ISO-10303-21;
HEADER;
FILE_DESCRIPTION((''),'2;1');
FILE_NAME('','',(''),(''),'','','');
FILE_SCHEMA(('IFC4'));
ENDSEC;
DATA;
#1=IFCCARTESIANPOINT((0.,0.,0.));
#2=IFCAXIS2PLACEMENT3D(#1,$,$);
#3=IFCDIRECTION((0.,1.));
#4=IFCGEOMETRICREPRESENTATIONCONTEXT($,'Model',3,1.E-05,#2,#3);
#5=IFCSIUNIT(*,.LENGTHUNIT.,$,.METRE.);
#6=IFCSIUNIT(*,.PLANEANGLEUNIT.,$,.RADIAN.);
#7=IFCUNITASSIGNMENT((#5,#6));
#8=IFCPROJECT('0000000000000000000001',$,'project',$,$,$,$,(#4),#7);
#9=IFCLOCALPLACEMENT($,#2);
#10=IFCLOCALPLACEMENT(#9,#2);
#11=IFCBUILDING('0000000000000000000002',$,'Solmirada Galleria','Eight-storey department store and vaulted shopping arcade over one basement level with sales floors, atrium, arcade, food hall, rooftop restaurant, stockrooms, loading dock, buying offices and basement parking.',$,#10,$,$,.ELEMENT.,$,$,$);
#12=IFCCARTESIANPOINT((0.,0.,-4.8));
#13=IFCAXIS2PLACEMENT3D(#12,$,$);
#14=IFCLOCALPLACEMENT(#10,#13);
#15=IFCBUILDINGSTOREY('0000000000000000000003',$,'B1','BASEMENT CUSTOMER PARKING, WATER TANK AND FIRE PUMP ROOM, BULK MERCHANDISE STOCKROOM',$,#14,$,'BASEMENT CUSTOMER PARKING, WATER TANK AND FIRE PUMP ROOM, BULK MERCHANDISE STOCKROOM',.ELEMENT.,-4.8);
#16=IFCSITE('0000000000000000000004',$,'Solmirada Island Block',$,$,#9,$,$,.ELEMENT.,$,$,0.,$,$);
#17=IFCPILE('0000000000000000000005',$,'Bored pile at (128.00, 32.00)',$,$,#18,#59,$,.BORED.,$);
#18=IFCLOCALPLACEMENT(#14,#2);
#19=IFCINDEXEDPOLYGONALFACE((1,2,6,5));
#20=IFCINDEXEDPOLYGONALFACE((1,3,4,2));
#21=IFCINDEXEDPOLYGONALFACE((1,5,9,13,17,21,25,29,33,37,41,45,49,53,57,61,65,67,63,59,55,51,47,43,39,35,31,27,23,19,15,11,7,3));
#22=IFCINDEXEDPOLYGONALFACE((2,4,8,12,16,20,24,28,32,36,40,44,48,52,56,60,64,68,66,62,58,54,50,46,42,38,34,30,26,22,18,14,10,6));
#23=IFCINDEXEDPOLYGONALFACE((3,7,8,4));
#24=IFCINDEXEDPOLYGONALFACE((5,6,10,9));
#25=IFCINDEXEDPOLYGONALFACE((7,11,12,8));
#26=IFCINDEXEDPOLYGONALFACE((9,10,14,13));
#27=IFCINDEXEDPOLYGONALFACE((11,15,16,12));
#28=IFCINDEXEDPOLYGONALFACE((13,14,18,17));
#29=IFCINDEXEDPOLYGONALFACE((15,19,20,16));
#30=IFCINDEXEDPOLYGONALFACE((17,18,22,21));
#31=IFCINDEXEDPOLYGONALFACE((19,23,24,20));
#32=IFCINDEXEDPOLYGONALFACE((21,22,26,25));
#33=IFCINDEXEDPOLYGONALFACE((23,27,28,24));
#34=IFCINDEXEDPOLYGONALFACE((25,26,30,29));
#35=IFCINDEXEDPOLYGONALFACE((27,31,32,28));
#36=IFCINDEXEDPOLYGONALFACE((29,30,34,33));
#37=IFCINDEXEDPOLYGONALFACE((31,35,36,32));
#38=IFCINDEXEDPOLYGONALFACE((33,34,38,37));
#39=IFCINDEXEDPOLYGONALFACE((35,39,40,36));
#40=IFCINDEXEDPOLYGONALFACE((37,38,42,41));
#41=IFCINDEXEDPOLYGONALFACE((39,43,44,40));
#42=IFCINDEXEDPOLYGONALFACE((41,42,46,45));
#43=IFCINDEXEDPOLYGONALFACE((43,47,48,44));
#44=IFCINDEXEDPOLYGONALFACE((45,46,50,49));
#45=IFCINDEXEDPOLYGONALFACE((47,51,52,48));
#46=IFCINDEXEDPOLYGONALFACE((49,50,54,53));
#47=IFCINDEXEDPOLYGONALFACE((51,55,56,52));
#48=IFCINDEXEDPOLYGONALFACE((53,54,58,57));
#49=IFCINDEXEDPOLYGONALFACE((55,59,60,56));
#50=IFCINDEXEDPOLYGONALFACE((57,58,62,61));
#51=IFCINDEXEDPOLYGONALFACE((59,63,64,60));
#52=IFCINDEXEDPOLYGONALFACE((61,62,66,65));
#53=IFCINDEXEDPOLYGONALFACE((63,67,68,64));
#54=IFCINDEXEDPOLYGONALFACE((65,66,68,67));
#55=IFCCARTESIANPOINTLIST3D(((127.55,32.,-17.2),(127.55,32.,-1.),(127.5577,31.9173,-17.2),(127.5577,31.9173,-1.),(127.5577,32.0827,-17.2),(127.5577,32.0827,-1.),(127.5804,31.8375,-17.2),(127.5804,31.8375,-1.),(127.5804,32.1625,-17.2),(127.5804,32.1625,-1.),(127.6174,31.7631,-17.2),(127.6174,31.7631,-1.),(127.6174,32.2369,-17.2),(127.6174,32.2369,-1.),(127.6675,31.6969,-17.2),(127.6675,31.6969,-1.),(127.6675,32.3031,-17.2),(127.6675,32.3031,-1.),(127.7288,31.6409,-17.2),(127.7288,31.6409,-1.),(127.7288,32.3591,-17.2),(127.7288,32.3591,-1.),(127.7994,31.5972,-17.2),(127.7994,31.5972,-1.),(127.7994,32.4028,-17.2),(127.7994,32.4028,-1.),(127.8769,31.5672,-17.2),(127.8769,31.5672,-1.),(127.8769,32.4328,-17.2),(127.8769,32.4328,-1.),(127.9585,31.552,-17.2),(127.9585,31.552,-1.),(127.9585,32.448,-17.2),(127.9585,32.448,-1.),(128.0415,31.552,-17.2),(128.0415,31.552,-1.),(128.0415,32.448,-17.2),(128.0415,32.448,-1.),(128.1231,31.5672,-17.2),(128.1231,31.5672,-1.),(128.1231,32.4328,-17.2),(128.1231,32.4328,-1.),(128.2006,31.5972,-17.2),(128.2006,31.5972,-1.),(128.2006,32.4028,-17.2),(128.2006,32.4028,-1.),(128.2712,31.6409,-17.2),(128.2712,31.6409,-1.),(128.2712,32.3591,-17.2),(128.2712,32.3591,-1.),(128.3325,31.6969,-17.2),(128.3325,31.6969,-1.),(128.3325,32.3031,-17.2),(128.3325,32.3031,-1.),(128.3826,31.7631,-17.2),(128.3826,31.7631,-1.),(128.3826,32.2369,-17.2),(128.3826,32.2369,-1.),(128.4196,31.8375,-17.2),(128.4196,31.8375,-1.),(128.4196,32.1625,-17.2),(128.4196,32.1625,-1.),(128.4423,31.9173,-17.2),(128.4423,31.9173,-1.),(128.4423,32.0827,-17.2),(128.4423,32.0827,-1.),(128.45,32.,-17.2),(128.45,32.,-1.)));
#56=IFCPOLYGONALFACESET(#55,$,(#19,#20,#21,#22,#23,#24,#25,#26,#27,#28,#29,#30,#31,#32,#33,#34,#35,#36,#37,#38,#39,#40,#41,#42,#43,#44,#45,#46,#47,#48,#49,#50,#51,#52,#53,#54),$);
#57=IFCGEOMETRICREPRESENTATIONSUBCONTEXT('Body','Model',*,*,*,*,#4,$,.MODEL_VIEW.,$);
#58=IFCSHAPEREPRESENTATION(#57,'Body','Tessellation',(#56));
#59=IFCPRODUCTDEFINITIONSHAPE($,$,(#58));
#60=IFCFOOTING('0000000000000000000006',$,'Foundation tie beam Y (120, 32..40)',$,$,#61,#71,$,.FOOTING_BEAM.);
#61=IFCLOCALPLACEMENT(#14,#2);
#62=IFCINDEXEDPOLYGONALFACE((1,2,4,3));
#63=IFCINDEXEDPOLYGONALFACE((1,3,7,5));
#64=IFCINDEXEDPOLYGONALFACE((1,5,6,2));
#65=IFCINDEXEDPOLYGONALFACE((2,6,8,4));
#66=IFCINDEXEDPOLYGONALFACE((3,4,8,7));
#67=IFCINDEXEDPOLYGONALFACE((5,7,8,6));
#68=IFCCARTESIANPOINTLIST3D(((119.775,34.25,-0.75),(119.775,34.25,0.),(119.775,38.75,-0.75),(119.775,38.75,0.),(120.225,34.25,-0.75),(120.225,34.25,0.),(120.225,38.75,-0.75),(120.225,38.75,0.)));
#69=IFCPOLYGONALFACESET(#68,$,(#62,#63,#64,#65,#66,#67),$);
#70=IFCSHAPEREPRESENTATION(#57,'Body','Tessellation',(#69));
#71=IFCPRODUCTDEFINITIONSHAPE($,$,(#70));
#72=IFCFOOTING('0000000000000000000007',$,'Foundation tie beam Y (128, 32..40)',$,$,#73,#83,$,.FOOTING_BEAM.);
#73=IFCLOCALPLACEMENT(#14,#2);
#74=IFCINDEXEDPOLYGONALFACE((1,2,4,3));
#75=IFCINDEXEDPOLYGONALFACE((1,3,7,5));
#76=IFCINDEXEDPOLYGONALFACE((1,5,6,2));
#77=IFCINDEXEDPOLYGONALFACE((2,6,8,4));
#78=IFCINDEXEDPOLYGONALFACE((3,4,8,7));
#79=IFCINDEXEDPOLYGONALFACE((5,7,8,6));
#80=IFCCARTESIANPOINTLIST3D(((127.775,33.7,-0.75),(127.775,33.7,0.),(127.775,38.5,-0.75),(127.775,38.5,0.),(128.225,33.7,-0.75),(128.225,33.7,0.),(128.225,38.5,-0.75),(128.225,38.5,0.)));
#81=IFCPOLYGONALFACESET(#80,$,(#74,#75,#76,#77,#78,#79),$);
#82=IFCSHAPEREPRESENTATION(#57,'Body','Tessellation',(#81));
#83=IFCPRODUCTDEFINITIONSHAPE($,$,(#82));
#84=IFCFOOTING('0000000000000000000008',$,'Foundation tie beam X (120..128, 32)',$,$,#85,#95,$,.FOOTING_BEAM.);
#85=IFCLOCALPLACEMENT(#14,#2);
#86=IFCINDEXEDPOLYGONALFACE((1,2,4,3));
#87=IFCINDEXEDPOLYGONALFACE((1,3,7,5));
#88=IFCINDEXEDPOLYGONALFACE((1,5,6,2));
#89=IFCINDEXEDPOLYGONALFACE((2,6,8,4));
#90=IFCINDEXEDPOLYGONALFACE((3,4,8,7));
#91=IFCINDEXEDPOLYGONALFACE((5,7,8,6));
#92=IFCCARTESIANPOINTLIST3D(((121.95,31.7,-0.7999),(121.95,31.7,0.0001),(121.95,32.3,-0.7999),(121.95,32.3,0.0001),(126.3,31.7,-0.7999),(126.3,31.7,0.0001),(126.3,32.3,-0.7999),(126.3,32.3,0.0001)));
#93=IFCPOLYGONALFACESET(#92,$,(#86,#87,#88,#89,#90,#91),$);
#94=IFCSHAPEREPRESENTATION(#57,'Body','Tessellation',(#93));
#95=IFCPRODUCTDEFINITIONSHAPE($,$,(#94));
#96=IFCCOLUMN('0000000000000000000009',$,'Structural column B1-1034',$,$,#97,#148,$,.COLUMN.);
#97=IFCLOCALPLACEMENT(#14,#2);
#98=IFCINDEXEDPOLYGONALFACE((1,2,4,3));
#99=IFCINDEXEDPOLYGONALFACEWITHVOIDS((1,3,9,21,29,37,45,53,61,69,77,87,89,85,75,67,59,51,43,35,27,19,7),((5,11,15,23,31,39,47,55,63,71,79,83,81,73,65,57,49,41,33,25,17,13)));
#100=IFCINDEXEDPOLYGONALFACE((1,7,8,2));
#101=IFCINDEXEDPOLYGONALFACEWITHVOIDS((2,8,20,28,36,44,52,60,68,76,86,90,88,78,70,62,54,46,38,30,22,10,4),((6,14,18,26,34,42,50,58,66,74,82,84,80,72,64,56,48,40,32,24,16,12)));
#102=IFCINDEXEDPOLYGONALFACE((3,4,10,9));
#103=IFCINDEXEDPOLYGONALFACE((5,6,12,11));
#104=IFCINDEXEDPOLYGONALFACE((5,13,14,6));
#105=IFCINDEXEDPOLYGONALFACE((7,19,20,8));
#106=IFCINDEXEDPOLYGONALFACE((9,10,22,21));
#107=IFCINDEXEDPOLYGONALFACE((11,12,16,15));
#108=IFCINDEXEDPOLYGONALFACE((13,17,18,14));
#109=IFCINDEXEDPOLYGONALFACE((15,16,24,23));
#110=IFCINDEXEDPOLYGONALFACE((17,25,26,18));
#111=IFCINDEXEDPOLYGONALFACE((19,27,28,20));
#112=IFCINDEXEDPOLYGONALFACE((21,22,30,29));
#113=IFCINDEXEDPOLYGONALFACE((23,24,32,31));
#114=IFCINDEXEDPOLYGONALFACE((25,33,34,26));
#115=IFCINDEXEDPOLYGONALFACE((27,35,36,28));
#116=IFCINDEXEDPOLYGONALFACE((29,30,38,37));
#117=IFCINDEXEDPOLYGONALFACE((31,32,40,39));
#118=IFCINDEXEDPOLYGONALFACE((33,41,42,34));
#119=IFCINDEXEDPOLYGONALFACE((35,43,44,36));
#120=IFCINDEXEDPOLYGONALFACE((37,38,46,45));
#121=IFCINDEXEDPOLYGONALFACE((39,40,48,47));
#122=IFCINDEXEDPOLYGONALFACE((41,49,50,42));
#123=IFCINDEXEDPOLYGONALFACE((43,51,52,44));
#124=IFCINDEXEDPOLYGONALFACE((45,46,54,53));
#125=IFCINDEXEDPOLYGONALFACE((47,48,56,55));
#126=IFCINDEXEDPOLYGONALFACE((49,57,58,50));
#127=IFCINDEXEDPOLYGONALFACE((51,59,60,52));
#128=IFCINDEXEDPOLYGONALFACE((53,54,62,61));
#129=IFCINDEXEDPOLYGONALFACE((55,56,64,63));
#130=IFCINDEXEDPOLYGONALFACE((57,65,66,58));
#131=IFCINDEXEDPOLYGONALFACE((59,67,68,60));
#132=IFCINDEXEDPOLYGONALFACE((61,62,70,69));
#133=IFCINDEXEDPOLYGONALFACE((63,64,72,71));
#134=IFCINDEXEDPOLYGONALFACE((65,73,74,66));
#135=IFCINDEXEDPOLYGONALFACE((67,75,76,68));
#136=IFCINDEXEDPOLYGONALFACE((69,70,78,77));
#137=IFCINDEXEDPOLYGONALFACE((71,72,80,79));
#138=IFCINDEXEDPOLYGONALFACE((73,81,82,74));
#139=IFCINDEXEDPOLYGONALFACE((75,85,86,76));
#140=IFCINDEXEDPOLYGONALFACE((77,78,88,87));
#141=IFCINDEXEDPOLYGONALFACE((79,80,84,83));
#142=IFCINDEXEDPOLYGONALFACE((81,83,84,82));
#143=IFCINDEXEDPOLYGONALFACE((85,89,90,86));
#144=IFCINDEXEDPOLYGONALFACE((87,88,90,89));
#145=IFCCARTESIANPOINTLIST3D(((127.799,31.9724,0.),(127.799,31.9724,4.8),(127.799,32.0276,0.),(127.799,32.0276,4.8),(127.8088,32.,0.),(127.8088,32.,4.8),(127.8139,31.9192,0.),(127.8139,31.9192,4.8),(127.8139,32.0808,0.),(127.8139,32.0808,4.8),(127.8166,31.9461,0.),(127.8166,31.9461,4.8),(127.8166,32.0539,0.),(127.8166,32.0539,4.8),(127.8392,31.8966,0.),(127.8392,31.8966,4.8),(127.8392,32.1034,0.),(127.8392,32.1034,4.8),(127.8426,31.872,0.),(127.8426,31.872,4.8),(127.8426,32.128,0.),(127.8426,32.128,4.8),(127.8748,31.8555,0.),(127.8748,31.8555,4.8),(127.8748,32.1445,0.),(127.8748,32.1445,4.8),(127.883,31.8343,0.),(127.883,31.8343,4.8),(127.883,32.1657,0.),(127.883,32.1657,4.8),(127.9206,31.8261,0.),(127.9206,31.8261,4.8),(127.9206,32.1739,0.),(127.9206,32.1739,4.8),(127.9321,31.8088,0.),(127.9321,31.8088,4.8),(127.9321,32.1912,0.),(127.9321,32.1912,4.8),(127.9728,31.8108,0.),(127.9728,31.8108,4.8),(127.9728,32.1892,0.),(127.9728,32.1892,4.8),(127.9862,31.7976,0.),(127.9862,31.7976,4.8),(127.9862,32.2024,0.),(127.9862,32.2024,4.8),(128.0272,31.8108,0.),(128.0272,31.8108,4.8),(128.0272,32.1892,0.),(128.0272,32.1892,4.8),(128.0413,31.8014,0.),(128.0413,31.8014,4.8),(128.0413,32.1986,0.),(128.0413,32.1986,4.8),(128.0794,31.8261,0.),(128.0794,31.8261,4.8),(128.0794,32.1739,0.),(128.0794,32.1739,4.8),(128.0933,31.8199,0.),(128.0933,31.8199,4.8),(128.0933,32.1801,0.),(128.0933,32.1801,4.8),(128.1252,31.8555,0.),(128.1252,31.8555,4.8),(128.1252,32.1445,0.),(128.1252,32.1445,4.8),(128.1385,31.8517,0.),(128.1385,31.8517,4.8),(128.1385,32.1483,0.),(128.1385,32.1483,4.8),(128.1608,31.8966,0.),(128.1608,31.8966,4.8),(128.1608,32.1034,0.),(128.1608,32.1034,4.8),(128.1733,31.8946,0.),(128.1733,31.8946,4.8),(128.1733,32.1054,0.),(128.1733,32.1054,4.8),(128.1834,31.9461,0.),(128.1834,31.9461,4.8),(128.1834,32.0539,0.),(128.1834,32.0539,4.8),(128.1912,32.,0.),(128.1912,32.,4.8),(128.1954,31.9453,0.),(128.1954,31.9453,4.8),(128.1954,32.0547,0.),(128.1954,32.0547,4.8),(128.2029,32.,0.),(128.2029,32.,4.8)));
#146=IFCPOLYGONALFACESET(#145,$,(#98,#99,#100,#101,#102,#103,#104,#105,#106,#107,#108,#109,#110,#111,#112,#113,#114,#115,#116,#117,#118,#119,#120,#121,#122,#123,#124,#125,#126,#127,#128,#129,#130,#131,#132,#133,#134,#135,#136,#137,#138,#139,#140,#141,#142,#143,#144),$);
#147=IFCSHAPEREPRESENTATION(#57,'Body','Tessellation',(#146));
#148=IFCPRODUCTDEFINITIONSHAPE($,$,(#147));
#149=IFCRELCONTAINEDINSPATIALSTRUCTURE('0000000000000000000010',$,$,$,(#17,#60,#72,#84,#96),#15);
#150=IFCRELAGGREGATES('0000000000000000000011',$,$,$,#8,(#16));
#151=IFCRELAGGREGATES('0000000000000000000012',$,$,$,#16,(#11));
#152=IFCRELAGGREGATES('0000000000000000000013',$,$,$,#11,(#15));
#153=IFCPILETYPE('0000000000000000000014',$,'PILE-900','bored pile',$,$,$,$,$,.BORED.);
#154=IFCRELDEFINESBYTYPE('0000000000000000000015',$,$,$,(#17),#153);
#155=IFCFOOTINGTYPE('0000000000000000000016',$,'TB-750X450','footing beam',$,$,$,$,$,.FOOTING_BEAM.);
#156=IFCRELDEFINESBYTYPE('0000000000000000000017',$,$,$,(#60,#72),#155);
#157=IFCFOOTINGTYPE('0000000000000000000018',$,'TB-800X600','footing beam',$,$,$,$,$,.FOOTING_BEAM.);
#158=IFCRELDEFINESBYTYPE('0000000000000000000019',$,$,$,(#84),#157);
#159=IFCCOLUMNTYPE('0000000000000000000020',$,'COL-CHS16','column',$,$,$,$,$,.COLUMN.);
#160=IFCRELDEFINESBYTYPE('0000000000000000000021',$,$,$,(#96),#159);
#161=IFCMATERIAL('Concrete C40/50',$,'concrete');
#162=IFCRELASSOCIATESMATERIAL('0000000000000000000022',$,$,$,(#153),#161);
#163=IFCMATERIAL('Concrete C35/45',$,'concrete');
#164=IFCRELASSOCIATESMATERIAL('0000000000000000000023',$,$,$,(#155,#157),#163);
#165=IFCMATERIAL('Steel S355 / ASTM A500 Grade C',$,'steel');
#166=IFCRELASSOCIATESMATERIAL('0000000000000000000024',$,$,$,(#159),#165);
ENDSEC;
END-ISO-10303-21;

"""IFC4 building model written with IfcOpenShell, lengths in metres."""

from ifc_helpers import new_model, si_unit, direction, frame, origin, origin_2d, place, context, subcontext, project, spatial, rectangle, circle, hollow_circle, extrude, material, material_profile, profile_set, type_object, element, save


model = new_model("IFC4")

# Units and contexts
model_context = context("Model", 3, precision=1e-05, world=origin(), true_north=direction((0.0, 1.0)))
body_context = subcontext(model_context, "Body", "Model", "MODEL_VIEW")
ifc_project = project(units=[si_unit("LENGTHUNIT", "METRE"), si_unit("PLANEANGLEUNIT", "RADIAN")], contexts=[model_context])

# Site, building, storey
site_placement = place(None, origin())
site = spatial("IfcSite", under=ifc_project, at=site_placement, Name="Solmirada Island Block", CompositionType="ELEMENT", RefElevation=0.0)
building_placement = place(site_placement, origin())
building = spatial("IfcBuilding", under=site, at=building_placement, Name="Solmirada Galleria", Description="Eight-storey department store and vaulted shopping arcade over one basement level with sales floors, atrium, arcade, food hall, rooftop restaurant, stockrooms, loading dock, buying offices and basement parking.", CompositionType="ELEMENT")
storey_placement = place(building_placement, frame((0.0, 0.0, -4.8)))
storey = spatial("IfcBuildingStorey", under=building, at=storey_placement, Name="B1", Description="BASEMENT CUSTOMER PARKING, WATER TANK AND FIRE PUMP ROOM, BULK MERCHANDISE STOCKROOM", LongName="BASEMENT CUSTOMER PARKING, WATER TANK AND FIRE PUMP ROOM, BULK MERCHANDISE STOCKROOM", CompositionType="ELEMENT", Elevation=-4.8)

# Shared definitions
ifc_material_1 = material(Name="Concrete C35/45", Category="concrete")

# Pile
ifc_material_2 = material(Name="Concrete C40/50", Category="concrete")
ifc_material_profile_1 = material_profile(ifc_material_2, circle(Radius=0.45, at=origin_2d()), Name="PILE900")
ifc_profile_set_1 = profile_set([ifc_material_profile_1], Name="Concrete C40/50")
pile_type = type_object("IfcPileType", Name="PILE-900", Description="bored pile", PredefinedType="BORED", material=ifc_profile_set_1)
pile_1_placement = place(storey_placement, frame((128.0, 32.0, -1.0), z_axis=(0.0, 0.0, -1.0), x_axis=(1.0, 0.0, 0.0)))
element("IfcPile", 1, at=pile_1_placement, inside=storey, type_object=pile_type, Name="Bored pile at (128.00, 32.00)", PredefinedType="BORED", context=body_context, shape_type="SweptSolid", body=[
    extrude(circle(Radius=0.45, at=origin_2d()), origin(), (0.0, 0.0, 1.0), 16.2),
])

# Footings
ifc_material_profile_2 = material_profile(ifc_material_1, rectangle(XDim=0.45, YDim=0.75, at=origin_2d()), Name="RC750X450")
ifc_profile_set_2 = profile_set([ifc_material_profile_2], Name="Concrete C35/45")
footing_type_1 = type_object("IfcFootingType", Name="TB-750X450", Description="footing beam", PredefinedType="FOOTING_BEAM", material=ifc_profile_set_2)
footing_1_placement = place(storey_placement, frame((120.0, 34.25, -0.375), z_axis=(0.0, 1.0, 0.0), x_axis=(-1.0, 0.0, 0.0)))
element("IfcFooting", 2, at=footing_1_placement, inside=storey, type_object=footing_type_1, Name="Foundation tie beam Y (120, 32..40)", PredefinedType="FOOTING_BEAM", context=body_context, shape_type="SweptSolid", body=[
    extrude(rectangle(XDim=0.45, YDim=0.75, at=origin_2d()), origin(), (0.0, 0.0, 1.0), 4.5),
])
footing_2_placement = place(storey_placement, frame((128.0, 33.7, -0.375), z_axis=(0.0, 1.0, 0.0), x_axis=(-1.0, 0.0, 0.0)))
element("IfcFooting", 3, at=footing_2_placement, inside=storey, type_object=footing_type_1, Name="Foundation tie beam Y (128, 32..40)", PredefinedType="FOOTING_BEAM", context=body_context, shape_type="SweptSolid", body=[
    extrude(rectangle(XDim=0.45, YDim=0.75, at=origin_2d()), origin(), (0.0, 0.0, 1.0), 4.8),
])
ifc_material_profile_3 = material_profile(ifc_material_1, rectangle(XDim=0.6001, YDim=0.8, at=origin_2d()), Name="RC800X600")
ifc_profile_set_3 = profile_set([ifc_material_profile_3], Name="Concrete C35/45")
footing_type_2 = type_object("IfcFootingType", Name="TB-800X600", Description="footing beam", PredefinedType="FOOTING_BEAM", material=ifc_profile_set_3)
footing_3_placement = place(storey_placement, frame((121.95, 32.0, -0.3999), z_axis=(1.0, 0.0, 0.0), x_axis=(0.0, 1.0, 0.0)))
element("IfcFooting", 4, at=footing_3_placement, inside=storey, type_object=footing_type_2, Name="Foundation tie beam X (120..128, 32)", PredefinedType="FOOTING_BEAM", context=body_context, shape_type="SweptSolid", body=[
    extrude(rectangle(XDim=0.6001, YDim=0.8, at=origin_2d()), origin(), (0.0, 0.0, 1.0), 4.3501),
])

# Column
ifc_material_3 = material(Name="Steel S355 / ASTM A500 Grade C", Category="steel")
ifc_material_profile_4 = material_profile(ifc_material_3, hollow_circle(Radius=0.2029, WallThickness=0.0117, at=origin_2d()), Name="HSS16.000X0.500")
ifc_profile_set_4 = profile_set([ifc_material_profile_4], Name="Steel S355 / ASTM A500 Grade C")
column_type_1 = type_object("IfcColumnType", Name="COL-CHS16", Description="column", PredefinedType="COLUMN", material=ifc_profile_set_4)
column_1_placement = place(storey_placement, frame((128.0, 32.0, 0.0), z_axis=(0.0, 0.0, 1.0), x_axis=(1.0, 0.0, 0.0)))
element("IfcColumn", 5, at=column_1_placement, inside=storey, type_object=column_type_1, Name="Structural column B1-1034", PredefinedType="COLUMN", context=body_context, shape_type="SweptSolid", body=[
    extrude(hollow_circle(Radius=0.2029, WallThickness=0.0117, at=origin_2d()), origin(), (0.0, 0.0, 1.0), 4.8),
])

save(model, "model.ifc")
